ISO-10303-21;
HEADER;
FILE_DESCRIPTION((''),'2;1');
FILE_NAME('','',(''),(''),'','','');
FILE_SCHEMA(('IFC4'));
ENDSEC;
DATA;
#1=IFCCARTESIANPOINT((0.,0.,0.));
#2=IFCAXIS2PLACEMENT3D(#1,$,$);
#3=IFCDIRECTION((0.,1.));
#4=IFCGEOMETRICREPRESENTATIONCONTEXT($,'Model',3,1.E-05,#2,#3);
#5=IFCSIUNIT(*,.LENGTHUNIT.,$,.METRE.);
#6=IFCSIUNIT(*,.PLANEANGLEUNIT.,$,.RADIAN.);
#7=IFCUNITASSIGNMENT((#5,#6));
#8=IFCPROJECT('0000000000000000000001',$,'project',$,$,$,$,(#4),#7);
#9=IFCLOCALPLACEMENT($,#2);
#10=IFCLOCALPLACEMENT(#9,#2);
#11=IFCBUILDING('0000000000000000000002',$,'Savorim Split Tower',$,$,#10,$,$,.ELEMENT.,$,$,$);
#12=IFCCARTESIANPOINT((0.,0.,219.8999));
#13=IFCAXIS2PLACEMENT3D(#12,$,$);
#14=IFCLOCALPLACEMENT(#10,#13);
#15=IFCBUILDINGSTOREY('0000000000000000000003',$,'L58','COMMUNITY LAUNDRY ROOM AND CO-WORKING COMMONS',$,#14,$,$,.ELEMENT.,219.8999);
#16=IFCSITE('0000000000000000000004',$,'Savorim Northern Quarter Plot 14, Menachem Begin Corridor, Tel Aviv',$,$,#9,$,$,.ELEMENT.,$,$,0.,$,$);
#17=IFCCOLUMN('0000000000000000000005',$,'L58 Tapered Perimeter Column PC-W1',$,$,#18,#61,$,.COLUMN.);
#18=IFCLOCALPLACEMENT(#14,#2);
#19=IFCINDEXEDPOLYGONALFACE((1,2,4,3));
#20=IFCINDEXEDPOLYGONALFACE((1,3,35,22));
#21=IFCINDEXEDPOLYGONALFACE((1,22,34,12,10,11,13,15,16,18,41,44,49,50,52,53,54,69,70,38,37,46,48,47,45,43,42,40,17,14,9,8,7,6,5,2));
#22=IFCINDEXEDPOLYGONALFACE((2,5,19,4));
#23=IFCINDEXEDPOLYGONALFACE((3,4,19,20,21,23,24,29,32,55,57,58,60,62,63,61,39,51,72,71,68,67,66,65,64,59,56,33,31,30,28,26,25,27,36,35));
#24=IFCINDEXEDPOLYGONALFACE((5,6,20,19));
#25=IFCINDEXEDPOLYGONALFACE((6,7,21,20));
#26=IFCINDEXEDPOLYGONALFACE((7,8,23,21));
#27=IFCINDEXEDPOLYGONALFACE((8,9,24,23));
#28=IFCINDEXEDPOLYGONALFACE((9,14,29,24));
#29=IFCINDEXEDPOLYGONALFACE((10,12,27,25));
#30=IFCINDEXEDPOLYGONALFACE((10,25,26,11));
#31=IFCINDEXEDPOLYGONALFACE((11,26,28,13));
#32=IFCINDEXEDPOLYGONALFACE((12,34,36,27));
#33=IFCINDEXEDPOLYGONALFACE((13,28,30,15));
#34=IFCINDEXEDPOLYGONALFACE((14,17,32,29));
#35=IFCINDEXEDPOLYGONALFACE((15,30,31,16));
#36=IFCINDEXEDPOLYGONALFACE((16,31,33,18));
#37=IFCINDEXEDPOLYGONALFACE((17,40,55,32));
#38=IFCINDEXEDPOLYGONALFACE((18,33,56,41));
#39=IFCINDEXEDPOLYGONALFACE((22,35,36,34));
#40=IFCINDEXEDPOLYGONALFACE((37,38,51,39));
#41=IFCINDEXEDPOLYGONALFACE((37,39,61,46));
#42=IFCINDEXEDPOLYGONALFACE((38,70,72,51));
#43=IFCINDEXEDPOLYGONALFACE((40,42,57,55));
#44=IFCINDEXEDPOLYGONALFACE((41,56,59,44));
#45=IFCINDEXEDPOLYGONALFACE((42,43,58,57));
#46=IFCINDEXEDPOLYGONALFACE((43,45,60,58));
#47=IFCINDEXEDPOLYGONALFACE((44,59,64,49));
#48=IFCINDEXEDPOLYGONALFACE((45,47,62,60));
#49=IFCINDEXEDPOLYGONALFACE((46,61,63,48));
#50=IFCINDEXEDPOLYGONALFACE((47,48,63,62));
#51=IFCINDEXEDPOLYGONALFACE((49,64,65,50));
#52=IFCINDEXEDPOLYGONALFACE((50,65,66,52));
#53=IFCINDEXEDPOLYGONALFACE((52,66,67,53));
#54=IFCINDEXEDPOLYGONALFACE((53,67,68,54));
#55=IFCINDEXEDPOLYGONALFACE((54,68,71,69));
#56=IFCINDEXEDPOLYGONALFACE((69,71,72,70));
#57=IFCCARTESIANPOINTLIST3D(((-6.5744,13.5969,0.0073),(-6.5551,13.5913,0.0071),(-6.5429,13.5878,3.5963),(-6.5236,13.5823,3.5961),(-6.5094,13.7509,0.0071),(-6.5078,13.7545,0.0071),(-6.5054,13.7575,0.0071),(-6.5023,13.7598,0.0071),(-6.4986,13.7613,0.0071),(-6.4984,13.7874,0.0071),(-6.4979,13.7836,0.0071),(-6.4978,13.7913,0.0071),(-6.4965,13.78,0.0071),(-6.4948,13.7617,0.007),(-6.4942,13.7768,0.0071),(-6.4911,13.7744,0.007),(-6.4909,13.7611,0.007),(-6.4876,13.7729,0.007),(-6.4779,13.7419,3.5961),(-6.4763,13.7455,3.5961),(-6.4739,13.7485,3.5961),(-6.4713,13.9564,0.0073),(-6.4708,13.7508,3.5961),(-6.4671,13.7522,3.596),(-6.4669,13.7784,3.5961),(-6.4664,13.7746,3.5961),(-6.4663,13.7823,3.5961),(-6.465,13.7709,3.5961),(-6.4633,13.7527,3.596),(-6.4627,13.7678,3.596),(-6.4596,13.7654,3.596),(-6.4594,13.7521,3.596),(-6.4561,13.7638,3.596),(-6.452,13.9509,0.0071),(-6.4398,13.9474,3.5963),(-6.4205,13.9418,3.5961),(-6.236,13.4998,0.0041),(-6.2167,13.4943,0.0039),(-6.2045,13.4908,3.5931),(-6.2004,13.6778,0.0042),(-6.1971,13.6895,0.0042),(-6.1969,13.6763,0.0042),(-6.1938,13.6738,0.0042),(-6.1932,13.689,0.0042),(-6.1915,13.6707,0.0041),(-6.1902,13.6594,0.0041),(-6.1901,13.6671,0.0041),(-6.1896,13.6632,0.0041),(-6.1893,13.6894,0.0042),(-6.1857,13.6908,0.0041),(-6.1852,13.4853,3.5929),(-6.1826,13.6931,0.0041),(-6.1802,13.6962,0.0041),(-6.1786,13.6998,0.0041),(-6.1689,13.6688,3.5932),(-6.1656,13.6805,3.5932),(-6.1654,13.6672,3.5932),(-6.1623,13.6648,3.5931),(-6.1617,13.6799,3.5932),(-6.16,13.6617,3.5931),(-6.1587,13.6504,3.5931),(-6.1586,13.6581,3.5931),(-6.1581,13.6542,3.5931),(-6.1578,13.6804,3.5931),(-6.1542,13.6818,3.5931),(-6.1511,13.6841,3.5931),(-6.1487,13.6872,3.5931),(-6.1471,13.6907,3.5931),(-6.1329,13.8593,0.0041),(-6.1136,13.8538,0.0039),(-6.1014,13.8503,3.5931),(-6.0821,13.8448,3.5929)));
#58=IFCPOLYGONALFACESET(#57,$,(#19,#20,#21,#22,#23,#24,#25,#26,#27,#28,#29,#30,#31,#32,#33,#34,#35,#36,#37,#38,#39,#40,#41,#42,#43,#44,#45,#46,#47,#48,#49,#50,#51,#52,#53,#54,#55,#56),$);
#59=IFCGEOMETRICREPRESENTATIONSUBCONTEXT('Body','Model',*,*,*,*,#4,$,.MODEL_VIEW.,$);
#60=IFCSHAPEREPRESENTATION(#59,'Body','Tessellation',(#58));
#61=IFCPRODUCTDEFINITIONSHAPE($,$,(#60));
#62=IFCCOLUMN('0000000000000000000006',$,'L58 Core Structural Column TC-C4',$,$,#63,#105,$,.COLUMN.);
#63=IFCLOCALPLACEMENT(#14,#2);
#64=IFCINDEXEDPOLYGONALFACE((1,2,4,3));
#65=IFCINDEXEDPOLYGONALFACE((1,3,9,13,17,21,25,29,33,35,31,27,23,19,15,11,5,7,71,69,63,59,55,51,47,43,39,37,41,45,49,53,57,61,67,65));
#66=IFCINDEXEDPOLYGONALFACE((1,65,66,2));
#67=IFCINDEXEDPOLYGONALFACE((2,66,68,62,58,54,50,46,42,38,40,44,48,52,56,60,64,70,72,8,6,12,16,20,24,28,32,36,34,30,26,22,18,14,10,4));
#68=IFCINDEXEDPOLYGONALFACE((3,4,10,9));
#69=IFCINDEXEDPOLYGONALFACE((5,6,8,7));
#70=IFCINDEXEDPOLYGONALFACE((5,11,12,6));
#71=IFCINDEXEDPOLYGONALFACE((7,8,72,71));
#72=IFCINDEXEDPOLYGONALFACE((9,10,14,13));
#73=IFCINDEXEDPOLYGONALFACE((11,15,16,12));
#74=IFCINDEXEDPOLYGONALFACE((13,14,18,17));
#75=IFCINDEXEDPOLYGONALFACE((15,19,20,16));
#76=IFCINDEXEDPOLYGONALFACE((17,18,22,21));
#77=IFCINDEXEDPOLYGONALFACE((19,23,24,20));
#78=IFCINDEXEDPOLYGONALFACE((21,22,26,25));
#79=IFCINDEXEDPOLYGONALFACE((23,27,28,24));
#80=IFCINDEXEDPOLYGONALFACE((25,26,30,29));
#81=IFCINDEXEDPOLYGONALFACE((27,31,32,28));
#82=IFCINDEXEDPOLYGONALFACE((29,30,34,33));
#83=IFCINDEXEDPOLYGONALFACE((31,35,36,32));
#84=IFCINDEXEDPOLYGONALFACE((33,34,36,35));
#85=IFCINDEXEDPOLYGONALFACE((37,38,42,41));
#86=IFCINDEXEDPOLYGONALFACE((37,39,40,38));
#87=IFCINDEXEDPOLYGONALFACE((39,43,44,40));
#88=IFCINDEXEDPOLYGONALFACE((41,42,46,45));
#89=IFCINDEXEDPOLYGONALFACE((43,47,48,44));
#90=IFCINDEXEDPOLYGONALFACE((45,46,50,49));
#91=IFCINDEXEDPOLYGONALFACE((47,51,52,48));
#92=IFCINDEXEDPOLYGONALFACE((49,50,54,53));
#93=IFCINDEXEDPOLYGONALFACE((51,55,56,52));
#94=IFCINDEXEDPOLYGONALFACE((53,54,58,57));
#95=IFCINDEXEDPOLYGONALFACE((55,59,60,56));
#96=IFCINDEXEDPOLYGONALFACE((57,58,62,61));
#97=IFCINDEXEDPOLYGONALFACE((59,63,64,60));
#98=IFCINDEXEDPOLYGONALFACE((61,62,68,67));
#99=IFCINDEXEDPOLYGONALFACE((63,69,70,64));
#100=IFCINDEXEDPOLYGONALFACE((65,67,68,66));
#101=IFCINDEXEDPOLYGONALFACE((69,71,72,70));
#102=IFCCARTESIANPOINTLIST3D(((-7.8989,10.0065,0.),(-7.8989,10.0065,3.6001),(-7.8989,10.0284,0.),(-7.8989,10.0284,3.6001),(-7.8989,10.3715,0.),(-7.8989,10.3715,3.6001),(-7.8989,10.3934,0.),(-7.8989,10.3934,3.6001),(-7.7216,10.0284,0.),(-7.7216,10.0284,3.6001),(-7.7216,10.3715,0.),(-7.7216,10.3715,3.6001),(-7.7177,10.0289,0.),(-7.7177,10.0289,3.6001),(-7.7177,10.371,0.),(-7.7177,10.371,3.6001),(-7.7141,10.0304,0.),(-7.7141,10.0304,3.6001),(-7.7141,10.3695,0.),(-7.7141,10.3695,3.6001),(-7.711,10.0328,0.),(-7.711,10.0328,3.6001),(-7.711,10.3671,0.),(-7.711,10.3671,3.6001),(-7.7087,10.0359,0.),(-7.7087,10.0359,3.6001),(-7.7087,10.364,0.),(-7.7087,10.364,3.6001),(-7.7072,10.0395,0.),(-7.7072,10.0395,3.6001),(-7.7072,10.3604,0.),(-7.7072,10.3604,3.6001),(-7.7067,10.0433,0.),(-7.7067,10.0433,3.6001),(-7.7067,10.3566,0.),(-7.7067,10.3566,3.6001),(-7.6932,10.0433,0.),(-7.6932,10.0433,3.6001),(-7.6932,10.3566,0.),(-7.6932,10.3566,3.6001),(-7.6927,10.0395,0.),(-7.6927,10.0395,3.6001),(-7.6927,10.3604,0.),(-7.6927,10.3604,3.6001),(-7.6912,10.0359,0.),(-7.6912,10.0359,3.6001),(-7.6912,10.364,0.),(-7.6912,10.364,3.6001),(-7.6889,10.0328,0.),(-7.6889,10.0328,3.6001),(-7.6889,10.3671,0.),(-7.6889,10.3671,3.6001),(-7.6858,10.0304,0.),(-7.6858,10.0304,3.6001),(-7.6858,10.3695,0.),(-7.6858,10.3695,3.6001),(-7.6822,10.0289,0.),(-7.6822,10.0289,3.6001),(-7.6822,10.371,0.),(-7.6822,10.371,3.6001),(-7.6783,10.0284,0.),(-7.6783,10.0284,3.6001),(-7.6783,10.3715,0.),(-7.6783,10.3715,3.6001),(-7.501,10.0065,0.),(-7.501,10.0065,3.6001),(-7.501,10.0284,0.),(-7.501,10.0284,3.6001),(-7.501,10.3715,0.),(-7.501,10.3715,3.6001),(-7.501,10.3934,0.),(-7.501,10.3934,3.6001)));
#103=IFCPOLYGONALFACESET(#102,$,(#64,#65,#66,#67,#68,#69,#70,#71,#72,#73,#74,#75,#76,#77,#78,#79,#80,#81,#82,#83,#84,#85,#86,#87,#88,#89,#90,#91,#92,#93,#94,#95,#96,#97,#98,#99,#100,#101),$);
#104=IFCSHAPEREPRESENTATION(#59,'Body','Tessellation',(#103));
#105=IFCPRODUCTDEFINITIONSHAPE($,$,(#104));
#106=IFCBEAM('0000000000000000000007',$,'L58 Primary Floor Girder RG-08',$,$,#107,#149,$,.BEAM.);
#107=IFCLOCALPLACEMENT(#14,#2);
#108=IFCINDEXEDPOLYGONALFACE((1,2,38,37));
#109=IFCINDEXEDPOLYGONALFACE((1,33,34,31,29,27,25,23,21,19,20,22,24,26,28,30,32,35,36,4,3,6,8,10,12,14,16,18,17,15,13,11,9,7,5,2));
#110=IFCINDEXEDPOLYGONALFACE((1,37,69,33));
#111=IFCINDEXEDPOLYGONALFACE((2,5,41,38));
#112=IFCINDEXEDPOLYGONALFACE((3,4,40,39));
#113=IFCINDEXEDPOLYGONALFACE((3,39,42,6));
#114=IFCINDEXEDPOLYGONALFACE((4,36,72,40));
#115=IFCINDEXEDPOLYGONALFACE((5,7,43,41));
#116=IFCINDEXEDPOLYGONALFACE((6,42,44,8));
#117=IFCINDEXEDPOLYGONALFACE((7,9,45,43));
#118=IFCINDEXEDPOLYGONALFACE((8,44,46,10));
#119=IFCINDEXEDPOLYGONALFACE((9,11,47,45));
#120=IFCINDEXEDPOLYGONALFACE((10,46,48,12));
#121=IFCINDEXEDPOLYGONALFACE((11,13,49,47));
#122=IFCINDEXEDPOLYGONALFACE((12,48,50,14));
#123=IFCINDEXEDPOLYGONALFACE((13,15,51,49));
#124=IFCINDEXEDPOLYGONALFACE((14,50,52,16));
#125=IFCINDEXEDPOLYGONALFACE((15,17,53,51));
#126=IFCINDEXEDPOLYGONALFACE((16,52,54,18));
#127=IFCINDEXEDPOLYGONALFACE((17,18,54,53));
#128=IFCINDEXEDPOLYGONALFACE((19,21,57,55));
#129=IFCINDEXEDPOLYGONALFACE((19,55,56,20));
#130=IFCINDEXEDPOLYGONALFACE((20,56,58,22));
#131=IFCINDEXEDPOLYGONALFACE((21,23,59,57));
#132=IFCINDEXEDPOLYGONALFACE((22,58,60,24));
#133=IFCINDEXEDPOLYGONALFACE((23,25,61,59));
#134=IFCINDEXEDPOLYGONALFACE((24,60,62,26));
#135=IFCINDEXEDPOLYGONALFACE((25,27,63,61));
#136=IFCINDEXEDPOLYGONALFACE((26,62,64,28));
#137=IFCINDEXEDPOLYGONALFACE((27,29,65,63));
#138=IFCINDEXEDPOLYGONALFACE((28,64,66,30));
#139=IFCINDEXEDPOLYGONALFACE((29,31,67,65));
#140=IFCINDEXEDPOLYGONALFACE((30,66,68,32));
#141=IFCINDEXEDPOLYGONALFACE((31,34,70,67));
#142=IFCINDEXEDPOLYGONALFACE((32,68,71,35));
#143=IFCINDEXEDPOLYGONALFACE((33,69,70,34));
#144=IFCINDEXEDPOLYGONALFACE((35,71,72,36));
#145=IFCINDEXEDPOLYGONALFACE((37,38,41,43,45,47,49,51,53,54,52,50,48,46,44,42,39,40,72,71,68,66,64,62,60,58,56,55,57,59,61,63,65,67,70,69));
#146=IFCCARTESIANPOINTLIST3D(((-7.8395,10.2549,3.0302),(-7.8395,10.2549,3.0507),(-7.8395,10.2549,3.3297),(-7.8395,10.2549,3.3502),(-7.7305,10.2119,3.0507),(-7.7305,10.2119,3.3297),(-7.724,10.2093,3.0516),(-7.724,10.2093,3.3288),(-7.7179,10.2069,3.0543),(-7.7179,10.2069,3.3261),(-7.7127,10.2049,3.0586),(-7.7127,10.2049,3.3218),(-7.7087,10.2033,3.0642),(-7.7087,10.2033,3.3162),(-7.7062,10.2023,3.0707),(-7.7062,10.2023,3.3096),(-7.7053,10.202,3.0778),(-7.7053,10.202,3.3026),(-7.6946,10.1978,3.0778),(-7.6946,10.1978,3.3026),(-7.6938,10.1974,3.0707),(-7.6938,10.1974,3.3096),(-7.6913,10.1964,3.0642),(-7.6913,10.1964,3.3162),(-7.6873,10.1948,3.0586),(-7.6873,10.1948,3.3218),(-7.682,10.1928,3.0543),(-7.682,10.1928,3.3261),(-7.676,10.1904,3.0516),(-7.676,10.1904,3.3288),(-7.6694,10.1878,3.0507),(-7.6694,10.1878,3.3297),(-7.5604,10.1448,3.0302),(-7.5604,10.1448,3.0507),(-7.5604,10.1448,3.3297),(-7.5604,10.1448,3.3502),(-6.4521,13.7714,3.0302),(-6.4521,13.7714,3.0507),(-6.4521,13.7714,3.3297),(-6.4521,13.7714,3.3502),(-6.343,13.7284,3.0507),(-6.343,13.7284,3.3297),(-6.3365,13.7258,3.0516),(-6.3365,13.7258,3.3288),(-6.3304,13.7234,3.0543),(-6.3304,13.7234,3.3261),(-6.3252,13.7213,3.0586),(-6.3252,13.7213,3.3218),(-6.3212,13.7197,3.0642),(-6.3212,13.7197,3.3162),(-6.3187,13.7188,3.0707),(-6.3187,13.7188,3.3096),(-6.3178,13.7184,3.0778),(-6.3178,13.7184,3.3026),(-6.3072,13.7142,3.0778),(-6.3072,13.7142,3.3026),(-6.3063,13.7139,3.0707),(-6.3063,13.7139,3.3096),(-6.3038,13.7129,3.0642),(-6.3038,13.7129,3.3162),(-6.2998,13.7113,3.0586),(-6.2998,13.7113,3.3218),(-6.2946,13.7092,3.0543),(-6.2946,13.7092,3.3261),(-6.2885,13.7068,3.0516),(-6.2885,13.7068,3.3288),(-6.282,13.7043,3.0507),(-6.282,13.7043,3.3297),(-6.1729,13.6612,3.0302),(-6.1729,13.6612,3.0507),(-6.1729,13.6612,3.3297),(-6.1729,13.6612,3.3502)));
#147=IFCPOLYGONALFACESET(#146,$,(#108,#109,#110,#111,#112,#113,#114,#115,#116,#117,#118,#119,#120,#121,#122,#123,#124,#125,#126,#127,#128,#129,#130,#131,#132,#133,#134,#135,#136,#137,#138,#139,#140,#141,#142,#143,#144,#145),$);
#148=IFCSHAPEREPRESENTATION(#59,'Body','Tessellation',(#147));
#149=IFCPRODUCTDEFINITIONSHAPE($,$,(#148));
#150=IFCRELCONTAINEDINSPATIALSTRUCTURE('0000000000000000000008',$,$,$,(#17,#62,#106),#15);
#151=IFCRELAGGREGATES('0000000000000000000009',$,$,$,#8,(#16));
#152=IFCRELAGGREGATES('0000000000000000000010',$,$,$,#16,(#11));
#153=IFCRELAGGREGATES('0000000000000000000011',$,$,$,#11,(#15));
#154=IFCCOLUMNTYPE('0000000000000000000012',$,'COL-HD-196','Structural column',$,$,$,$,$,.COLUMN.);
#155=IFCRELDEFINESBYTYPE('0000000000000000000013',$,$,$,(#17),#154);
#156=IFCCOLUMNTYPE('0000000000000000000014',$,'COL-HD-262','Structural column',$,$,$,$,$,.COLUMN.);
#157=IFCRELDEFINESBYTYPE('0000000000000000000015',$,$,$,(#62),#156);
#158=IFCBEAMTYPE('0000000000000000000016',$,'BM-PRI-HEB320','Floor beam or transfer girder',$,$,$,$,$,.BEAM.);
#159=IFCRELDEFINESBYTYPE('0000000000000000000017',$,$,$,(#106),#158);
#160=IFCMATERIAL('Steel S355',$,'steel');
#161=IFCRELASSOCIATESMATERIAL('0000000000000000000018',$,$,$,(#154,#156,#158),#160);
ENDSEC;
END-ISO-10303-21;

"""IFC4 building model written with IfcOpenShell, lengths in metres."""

from ifc_helpers import new_model, si_unit, direction, frame, origin, origin_2d, place, context, subcontext, project, spatial, i_section, extrude, material, material_profile, profile_set, type_object, element, save


model = new_model("IFC4")

# Units and contexts
model_context = context("Model", 3, precision=1e-05, world=origin(), true_north=direction((0.0, 1.0)))
body_context = subcontext(model_context, "Body", "Model", "MODEL_VIEW")
ifc_project = project(units=[si_unit("LENGTHUNIT", "METRE"), si_unit("PLANEANGLEUNIT", "RADIAN")], contexts=[model_context])

# Site, building, storey
site_placement = place(None, origin())
site = spatial("IfcSite", under=ifc_project, at=site_placement, Name="Savorim Northern Quarter Plot 14, Menachem Begin Corridor, Tel Aviv", CompositionType="ELEMENT", RefElevation=0.0)
building_placement = place(site_placement, origin())
building = spatial("IfcBuilding", under=site, at=building_placement, Name="Savorim Split Tower", CompositionType="ELEMENT")
storey_placement = place(building_placement, frame((0.0, 0.0, 219.8999)))
storey = spatial("IfcBuildingStorey", under=building, at=storey_placement, Name="L58", Description="COMMUNITY LAUNDRY ROOM AND CO-WORKING COMMONS", CompositionType="ELEMENT", Elevation=219.8999)

# Columns
ifc_material_1 = material(Name="Steel S355", Category="steel")
ifc_material_profile_1 = material_profile(ifc_material_1, i_section(OverallWidth=0.374, OverallDepth=0.3721, WebThickness=0.0122, FlangeThickness=0.02, FilletRadius=0.0149, at=origin_2d()), Name="HD 360x196")
ifc_profile_set_1 = profile_set([ifc_material_profile_1], Name="Steel S355")
column_type_1 = type_object("IfcColumnType", Name="COL-HD-196", Description="Structural column", PredefinedType="COLUMN", material=ifc_profile_set_1)
column_1_placement = place(storey_placement, frame((-6.344, 13.7253, 0.0056), z_axis=(0.008775, -0.002517, 0.999958), x_axis=(0.275705, 0.961242, 0.0)))
element("IfcColumn", 1, at=column_1_placement, inside=storey, type_object=column_type_1, Name="L58 Tapered Perimeter Column PC-W1", PredefinedType="COLUMN", context=body_context, shape_type="SweptSolid", body=[
    extrude(i_section(OverallWidth=0.374, OverallDepth=0.3721, WebThickness=0.0122, FlangeThickness=0.02, FilletRadius=0.0149, at=origin_2d()), origin(), (0.0, 0.0, 1.0), 3.5891),
])
ifc_material_profile_2 = material_profile(ifc_material_1, i_section(OverallWidth=0.3979, OverallDepth=0.387, WebThickness=0.0134, FlangeThickness=0.022, FilletRadius=0.0149, at=origin_2d()), Name="HD 400x262")
ifc_profile_set_2 = profile_set([ifc_material_profile_2], Name="Steel S355")
column_type_2 = type_object("IfcColumnType", Name="COL-HD-262", Description="Structural column", PredefinedType="COLUMN", material=ifc_profile_set_2)
column_2_placement = place(storey_placement, frame((-7.7, 10.2, 0.0), z_axis=(0.0, 0.0, 1.0), x_axis=(1.0, 0.0, 0.0)))
element("IfcColumn", 2, at=column_2_placement, inside=storey, type_object=column_type_2, Name="L58 Core Structural Column TC-C4", PredefinedType="COLUMN", context=body_context, shape_type="SweptSolid", body=[
    extrude(i_section(OverallWidth=0.3979, OverallDepth=0.387, WebThickness=0.0134, FlangeThickness=0.022, FilletRadius=0.0149, at=origin_2d()), origin(), (0.0, 0.0, 1.0), 3.6001),
])

# Beam
ifc_material_profile_3 = material_profile(ifc_material_1, i_section(OverallWidth=0.3, OverallDepth=0.3201, WebThickness=0.0115, FlangeThickness=0.0205, FilletRadius=0.0271, at=origin_2d()), Name="HEB 320")
ifc_profile_set_3 = profile_set([ifc_material_profile_3], Name="Steel S355")
beam_type_1 = type_object("IfcBeamType", Name="BM-PRI-HEB320", Description="Floor beam or transfer girder", PredefinedType="BEAM", material=ifc_profile_set_3)
beam_1_placement = place(storey_placement, frame((-6.3125, 13.7163, 3.1902), z_axis=(-0.367033, -0.930208, 0.0), x_axis=(0.930208, -0.367033, 0.0)))
element("IfcBeam", 3, at=beam_1_placement, inside=storey, type_object=beam_type_1, Name="L58 Primary Floor Girder RG-08", PredefinedType="BEAM", context=body_context, shape_type="SweptSolid", body=[
    extrude(i_section(OverallWidth=0.3, OverallDepth=0.3201, WebThickness=0.0115, FlangeThickness=0.0205, FilletRadius=0.0271, at=origin_2d()), origin(), (0.0, 0.0, 1.0), 3.7803),
])

save(model, "model.ifc")
